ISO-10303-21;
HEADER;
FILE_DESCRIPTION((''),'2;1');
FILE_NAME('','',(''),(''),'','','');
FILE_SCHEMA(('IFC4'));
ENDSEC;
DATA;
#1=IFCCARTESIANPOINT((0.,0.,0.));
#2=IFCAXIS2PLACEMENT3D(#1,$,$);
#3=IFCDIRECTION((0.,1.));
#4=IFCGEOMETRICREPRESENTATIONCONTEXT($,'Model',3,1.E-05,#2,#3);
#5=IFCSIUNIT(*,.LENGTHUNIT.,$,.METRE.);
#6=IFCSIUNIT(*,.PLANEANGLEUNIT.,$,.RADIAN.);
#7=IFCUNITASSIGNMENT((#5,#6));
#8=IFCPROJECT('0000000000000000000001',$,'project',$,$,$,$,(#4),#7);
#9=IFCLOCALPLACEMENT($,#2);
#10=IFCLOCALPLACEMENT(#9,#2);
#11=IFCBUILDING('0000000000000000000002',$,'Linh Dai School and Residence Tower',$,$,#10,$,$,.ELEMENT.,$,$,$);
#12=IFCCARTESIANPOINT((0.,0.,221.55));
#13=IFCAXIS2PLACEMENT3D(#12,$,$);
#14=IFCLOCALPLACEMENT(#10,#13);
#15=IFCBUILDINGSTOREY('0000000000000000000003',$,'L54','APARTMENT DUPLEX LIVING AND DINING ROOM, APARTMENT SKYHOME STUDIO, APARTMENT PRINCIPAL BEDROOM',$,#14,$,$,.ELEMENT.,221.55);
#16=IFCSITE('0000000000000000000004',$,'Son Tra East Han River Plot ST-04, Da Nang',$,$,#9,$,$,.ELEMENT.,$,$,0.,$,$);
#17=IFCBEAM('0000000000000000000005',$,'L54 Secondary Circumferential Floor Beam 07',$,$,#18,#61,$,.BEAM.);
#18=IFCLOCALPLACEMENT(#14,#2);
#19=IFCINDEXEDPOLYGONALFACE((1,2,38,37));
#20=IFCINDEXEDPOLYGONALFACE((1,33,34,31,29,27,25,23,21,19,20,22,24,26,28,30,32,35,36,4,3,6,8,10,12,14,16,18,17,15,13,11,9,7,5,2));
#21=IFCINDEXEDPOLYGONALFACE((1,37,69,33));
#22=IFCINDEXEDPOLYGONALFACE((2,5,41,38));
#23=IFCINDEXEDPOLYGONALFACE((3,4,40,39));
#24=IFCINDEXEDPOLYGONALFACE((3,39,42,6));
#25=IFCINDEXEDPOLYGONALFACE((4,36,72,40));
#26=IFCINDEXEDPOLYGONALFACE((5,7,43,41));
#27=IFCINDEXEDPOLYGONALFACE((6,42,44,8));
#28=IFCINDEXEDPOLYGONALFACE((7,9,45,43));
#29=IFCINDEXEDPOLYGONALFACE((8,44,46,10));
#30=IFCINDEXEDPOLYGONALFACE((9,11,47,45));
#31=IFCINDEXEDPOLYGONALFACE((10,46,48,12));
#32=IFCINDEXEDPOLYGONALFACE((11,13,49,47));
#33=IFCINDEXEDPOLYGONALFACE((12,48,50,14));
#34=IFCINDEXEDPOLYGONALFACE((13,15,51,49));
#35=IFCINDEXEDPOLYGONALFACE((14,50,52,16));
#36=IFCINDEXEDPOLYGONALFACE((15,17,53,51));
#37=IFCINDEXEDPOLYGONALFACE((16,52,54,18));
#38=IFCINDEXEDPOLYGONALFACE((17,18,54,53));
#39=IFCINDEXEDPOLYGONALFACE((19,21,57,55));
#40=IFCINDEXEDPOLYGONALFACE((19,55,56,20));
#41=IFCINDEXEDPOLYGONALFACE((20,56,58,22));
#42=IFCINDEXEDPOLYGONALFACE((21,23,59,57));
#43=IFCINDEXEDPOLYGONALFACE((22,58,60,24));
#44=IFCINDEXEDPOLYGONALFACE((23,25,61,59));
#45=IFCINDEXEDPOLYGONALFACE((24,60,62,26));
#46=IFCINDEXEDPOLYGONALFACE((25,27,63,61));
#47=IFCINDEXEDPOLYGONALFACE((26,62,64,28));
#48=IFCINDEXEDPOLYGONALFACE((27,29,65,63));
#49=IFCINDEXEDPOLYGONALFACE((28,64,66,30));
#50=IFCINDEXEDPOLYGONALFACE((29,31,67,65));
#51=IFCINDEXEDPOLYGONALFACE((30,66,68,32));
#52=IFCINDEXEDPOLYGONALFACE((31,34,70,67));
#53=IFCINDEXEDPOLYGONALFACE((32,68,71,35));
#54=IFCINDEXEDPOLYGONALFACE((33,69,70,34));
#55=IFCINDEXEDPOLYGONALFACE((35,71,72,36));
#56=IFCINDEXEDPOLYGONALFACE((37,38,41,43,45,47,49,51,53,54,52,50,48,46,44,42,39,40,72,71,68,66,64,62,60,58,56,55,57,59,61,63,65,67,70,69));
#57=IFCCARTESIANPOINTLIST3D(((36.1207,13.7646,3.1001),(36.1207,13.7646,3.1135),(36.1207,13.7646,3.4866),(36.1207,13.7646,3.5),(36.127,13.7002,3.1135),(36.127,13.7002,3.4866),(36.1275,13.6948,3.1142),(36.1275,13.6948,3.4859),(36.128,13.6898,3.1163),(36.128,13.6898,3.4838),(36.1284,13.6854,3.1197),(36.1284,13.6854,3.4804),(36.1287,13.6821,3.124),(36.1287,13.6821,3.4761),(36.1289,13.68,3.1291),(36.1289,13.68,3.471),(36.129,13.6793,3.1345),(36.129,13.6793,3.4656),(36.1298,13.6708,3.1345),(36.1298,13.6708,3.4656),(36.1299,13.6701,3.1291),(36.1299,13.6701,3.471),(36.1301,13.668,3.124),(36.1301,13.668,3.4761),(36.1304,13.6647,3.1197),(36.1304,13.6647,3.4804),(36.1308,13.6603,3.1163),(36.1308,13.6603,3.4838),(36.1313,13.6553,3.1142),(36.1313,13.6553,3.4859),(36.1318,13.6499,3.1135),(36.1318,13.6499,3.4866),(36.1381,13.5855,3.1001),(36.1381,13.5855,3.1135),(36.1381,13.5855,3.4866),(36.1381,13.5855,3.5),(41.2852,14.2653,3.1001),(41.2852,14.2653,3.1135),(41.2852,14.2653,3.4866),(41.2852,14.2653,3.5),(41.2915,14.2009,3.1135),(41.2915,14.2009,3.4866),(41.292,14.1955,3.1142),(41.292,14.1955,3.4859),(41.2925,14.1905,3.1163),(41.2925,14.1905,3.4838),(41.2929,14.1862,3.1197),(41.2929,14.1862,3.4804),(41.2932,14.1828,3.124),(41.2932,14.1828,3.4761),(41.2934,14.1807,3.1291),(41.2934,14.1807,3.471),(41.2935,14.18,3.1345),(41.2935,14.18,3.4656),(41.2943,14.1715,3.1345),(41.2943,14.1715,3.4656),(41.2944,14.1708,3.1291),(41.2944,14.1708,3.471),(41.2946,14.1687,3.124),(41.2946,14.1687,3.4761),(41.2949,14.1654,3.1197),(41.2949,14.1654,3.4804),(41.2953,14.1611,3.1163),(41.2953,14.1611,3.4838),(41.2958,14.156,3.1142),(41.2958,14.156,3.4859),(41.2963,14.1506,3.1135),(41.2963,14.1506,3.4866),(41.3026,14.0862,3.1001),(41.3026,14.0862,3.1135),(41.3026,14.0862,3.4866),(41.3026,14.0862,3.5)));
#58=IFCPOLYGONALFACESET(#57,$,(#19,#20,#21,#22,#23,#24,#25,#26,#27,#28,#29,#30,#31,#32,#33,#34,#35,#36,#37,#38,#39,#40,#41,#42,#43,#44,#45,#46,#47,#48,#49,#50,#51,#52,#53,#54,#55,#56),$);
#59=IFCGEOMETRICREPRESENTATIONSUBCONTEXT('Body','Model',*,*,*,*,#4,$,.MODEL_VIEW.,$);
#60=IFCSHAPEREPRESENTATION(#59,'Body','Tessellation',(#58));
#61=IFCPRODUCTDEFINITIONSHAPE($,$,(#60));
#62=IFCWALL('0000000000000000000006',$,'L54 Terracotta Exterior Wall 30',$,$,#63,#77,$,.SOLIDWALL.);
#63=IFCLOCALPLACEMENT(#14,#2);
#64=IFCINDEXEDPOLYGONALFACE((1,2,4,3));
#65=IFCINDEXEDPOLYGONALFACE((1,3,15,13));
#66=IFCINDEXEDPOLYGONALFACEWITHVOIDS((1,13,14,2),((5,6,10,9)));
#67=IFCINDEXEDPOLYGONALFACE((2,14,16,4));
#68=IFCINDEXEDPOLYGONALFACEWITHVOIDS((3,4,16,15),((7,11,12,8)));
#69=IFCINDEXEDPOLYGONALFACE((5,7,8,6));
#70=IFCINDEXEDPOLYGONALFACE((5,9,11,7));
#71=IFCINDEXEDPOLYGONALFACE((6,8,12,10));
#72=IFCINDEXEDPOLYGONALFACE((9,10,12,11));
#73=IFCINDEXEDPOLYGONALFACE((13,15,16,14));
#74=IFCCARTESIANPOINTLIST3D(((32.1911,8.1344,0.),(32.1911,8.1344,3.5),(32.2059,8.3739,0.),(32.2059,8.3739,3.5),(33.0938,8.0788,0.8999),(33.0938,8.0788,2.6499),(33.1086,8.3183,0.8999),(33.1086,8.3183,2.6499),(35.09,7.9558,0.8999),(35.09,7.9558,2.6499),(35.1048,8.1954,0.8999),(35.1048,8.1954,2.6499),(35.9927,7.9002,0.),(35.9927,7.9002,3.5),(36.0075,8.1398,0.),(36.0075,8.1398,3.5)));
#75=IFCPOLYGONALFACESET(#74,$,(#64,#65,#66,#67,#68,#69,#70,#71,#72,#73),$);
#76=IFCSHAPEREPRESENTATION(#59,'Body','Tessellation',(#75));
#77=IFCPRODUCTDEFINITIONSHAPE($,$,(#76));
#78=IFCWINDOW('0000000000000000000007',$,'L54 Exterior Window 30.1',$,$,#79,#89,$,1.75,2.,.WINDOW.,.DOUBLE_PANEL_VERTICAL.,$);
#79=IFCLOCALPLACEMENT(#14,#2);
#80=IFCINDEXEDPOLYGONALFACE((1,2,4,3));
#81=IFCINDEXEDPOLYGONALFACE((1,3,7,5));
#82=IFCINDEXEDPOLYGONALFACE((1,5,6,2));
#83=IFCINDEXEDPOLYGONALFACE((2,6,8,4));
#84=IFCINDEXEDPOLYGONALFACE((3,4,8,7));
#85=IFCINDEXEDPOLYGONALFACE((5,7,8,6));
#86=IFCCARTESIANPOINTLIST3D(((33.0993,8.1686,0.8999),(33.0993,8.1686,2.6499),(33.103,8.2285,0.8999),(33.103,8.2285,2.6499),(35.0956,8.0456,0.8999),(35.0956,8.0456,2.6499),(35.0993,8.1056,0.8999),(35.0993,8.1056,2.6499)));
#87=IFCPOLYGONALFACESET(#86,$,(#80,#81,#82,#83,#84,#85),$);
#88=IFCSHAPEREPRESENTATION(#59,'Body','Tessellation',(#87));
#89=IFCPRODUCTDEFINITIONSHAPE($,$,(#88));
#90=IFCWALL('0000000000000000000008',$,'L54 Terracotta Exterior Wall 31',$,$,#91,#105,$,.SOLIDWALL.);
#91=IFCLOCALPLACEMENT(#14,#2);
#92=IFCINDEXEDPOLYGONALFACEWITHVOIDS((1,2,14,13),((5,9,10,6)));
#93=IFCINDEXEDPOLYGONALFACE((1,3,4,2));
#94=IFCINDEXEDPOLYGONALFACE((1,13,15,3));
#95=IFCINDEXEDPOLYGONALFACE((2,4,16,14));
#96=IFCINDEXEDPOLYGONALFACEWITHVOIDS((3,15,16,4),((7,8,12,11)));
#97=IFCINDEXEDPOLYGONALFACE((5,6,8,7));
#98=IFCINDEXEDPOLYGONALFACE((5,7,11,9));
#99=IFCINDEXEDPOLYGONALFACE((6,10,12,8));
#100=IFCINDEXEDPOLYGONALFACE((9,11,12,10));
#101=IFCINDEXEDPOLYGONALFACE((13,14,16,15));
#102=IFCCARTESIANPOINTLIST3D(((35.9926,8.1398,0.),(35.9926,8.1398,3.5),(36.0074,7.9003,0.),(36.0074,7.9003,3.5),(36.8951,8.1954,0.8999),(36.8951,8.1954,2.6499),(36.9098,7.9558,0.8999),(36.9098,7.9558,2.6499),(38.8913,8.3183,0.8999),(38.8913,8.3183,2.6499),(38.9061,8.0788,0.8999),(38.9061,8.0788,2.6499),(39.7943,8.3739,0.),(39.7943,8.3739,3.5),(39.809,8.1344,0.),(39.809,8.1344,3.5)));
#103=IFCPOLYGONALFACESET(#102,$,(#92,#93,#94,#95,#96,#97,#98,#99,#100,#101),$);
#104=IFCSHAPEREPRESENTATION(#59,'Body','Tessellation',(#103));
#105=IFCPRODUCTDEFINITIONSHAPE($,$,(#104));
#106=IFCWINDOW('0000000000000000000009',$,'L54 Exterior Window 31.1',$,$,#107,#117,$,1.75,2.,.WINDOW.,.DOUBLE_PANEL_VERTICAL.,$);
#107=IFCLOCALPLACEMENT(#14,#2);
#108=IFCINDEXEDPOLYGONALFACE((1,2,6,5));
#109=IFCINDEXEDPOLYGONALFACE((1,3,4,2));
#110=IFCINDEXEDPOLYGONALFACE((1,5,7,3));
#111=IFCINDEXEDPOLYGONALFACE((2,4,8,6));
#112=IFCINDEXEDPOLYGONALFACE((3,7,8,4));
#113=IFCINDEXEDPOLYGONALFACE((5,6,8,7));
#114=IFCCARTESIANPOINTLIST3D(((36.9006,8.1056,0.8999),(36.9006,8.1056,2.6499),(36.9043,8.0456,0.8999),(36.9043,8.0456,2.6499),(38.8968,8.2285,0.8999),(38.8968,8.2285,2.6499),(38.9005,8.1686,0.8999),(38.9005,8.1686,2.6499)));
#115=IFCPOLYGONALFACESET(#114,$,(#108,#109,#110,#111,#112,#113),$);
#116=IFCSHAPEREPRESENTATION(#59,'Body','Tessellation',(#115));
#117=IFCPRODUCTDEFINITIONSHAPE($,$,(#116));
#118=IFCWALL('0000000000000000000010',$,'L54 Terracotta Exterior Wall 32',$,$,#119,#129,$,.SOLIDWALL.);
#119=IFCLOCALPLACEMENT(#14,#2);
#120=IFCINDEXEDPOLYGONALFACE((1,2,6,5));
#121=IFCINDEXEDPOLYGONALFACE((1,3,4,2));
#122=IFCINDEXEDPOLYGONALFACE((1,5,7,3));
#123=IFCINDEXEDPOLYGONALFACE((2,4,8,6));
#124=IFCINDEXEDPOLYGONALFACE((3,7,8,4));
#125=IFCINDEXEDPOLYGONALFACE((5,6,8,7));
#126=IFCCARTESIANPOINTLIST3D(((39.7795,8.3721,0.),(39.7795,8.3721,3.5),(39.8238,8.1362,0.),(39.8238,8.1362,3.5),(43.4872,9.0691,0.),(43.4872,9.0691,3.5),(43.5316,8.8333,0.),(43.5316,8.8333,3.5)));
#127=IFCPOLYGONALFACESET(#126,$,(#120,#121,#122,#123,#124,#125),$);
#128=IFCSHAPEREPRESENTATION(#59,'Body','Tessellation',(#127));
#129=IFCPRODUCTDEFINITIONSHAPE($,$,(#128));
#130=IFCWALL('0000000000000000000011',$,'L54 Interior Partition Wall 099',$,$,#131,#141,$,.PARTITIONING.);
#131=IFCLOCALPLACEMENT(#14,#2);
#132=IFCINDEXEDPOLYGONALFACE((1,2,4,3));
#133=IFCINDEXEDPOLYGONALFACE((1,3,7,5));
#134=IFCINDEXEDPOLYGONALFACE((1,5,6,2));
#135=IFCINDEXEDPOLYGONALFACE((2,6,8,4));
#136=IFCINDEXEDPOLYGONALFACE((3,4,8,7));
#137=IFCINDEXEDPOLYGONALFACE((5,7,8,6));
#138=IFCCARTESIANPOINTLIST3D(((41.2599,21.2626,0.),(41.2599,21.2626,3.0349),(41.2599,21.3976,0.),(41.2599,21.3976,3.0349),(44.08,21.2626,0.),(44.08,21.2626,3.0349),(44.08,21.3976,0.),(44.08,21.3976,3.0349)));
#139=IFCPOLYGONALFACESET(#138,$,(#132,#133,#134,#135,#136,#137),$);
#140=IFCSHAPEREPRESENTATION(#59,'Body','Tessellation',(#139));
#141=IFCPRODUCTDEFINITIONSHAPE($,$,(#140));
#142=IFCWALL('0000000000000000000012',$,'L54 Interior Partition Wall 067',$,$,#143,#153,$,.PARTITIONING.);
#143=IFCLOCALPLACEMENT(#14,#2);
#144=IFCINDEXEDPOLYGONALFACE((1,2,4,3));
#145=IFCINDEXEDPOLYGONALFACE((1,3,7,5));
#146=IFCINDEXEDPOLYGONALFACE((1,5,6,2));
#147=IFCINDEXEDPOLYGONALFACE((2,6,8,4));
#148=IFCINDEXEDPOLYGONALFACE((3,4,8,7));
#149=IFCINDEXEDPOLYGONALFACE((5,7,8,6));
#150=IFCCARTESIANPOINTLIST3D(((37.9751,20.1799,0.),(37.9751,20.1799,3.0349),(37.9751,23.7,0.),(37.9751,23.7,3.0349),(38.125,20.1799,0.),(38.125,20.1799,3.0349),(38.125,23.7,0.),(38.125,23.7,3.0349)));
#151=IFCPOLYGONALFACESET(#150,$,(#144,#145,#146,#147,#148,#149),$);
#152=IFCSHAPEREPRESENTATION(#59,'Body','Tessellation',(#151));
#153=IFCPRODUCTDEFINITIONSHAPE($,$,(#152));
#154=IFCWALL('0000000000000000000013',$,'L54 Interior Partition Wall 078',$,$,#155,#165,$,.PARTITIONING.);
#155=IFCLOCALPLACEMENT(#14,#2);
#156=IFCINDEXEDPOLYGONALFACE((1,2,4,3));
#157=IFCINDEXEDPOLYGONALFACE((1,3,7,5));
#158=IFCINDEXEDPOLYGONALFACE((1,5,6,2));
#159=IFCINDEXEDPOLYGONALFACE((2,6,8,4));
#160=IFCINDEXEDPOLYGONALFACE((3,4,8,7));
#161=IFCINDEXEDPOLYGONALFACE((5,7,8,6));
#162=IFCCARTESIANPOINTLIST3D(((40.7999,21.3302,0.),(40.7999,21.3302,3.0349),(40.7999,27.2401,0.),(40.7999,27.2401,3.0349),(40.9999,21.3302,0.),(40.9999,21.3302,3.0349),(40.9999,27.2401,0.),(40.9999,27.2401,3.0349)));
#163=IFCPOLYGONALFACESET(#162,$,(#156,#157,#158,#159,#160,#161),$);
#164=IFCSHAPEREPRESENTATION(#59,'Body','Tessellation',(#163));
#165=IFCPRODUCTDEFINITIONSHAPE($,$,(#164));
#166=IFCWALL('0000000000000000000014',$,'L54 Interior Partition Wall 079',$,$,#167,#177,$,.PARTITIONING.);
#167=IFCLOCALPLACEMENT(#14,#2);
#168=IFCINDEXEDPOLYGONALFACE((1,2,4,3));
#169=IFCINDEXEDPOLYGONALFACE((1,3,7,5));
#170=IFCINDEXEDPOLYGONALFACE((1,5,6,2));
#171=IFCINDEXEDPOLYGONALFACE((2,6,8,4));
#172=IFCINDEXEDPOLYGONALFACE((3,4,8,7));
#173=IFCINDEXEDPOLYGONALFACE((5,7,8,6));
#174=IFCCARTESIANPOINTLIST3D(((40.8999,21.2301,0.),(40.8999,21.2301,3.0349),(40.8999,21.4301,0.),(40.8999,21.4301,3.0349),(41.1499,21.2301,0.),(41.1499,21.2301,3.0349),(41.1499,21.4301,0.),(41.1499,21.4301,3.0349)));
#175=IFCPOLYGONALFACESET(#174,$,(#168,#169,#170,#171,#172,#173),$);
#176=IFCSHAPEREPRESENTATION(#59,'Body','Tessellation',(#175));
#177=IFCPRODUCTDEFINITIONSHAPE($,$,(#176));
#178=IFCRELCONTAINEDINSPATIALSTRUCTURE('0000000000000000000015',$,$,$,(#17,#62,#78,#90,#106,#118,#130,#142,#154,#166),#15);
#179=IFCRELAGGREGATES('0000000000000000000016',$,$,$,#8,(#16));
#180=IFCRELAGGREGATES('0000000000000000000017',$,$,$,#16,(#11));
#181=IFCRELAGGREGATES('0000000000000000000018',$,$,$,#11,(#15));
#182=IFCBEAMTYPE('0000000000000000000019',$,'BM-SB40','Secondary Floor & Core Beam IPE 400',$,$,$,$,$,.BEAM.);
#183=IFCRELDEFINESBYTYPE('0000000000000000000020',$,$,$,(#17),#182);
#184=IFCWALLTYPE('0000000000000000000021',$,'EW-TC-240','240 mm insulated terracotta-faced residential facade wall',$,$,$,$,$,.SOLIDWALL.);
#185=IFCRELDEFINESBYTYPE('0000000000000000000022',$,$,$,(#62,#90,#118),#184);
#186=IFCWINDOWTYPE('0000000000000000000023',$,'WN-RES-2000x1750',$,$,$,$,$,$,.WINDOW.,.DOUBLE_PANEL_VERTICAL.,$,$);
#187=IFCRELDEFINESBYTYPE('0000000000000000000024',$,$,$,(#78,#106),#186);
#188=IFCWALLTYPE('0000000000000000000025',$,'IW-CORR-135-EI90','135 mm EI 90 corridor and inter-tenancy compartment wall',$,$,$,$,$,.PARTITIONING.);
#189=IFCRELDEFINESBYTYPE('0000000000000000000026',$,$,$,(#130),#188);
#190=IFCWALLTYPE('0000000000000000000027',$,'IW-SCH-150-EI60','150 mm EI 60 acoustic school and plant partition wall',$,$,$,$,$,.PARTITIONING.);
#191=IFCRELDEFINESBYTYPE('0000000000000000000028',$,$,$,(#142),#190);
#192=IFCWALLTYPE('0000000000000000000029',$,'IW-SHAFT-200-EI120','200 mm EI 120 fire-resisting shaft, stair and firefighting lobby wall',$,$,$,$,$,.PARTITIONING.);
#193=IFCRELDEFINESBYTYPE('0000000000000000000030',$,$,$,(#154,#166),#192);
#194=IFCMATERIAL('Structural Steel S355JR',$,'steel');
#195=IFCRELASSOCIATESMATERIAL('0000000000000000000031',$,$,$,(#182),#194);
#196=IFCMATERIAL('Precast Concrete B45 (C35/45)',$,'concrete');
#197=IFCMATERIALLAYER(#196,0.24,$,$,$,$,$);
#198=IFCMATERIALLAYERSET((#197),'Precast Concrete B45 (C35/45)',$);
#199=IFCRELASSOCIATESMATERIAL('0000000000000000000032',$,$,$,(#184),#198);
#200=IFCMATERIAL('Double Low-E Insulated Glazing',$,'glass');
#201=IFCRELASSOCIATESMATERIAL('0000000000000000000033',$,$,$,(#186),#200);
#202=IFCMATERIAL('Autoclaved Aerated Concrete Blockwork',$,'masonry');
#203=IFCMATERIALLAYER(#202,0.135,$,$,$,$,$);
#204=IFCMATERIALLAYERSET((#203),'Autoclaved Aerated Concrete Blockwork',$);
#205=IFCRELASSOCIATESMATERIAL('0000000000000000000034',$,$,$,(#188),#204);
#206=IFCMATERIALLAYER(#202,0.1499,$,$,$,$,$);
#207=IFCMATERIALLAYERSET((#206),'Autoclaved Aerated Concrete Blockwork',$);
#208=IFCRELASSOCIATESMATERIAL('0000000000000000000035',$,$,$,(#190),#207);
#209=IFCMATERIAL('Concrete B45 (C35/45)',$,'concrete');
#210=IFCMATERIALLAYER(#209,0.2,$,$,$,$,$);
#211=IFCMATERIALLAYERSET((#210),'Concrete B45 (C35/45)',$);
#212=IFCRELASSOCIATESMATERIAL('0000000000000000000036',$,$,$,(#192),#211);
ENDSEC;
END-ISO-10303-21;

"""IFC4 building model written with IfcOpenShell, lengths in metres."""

from ifc_helpers import new_model, si_unit, direction, frame, frame_2d, origin, origin_2d, place, context, subcontext, project, spatial, rectangle, i_section, extrude, source, transform, mapped, material, layer, layer_set, material_profile, profile_set, type_object, element, fill, save


model = new_model("IFC4")

# Units and contexts
model_context = context("Model", 3, precision=1e-05, world=origin(), true_north=direction((0.0, 1.0)))
body_context = subcontext(model_context, "Body", "Model", "MODEL_VIEW")
ifc_project = project(units=[si_unit("LENGTHUNIT", "METRE"), si_unit("PLANEANGLEUNIT", "RADIAN")], contexts=[model_context])

# Site, building, storey
site_placement = place(None, origin())
site = spatial("IfcSite", under=ifc_project, at=site_placement, Name="Son Tra East Han River Plot ST-04, Da Nang", CompositionType="ELEMENT", RefElevation=0.0)
building_placement = place(site_placement, origin())
building = spatial("IfcBuilding", under=site, at=building_placement, Name="Linh Dai School and Residence Tower", CompositionType="ELEMENT")
storey_placement = place(building_placement, frame((0.0, 0.0, 221.55)))
storey = spatial("IfcBuildingStorey", under=building, at=storey_placement, Name="L54", Description="APARTMENT DUPLEX LIVING AND DINING ROOM, APARTMENT SKYHOME STUDIO, APARTMENT PRINCIPAL BEDROOM", CompositionType="ELEMENT", Elevation=221.55)

# Shared definitions
ifc_material_1 = material(Name="Structural Steel S355JR", Category="steel")

# Beam
ifc_material_profile_1 = material_profile(ifc_material_1, i_section(OverallWidth=0.1799, OverallDepth=0.3999, WebThickness=0.0085, FlangeThickness=0.0134, FilletRadius=0.021, at=origin_2d()), Name="IPE 400")
ifc_profile_set_1 = profile_set([ifc_material_profile_1], Name="Structural Steel S355JR")
beam_type_1 = type_object("IfcBeamType", Name="BM-SB40", Description="Secondary Floor & Core Beam IPE 400", PredefinedType="BEAM", material=ifc_profile_set_1)
beam_1_placement = place(storey_placement, frame((36.1294, 13.675, 3.3), z_axis=(0.995333, 0.096503, 0.0), x_axis=(-0.096503, 0.995333, 0.0)))
element("IfcBeam", 1, at=beam_1_placement, inside=storey, type_object=beam_type_1, Name="L54 Secondary Circumferential Floor Beam 07", PredefinedType="BEAM", context=body_context, shape_type="SweptSolid", body=[
    extrude(i_section(OverallWidth=0.1799, OverallDepth=0.3999, WebThickness=0.0085, FlangeThickness=0.0134, FilletRadius=0.021, at=origin_2d()), origin(), (0.0, 0.0, 1.0), 5.1887),
])

# Walls, openings, windows
ifc_material_2 = material(Name="Precast Concrete B45 (C35/45)", Category="concrete")
ifc_layer_1 = layer(ifc_material_2, 0.24)
ifc_layer_set_1 = layer_set([ifc_layer_1], Name="Precast Concrete B45 (C35/45)")
wall_type_1 = type_object("IfcWallType", Name="EW-TC-240", Description="240 mm insulated terracotta-faced residential facade wall", PredefinedType="SOLIDWALL", material=ifc_layer_set_1)
wall_1_placement = place(storey_placement, frame((36.0, 8.02, 0.0), z_axis=(0.0, 0.0, 1.0), x_axis=(-0.998109, 0.061472, 0.0)))
wall_1 = element("IfcWall", 2, at=wall_1_placement, inside=storey, type_object=wall_type_1, Name="L54 Terracotta Exterior Wall 30", PredefinedType="SOLIDWALL", context=body_context, shape_type="SweptSolid", body=[
    extrude(rectangle(XDim=3.8088, YDim=0.24, at=frame_2d((1.9043, 0.0))), origin(), (0.0, 0.0, 1.0), 3.5),
])
opening_1_placement = place(wall_1_placement, frame((0.9043, 0.0, 0.8999)))
opening_1 = element("IfcOpeningElement", 3, at=opening_1_placement, cuts=wall_1, PredefinedType="OPENING", context=body_context, shape_type="SweptSolid", body=[
    extrude(rectangle(XDim=2.0, YDim=1.75, at=origin_2d()), frame((1.0, 0.1299, 0.875), z_axis=(0.0, -1.0, 0.0), x_axis=(1.0, 0.0, 0.0)), (0.0, 0.0, 1.0), 0.26),
])
ifc_material_3 = material(Name="Double Low-E Insulated Glazing", Category="glass")
window_type = type_object("IfcWindowType", Name="WN-RES-2000x1750", PartitioningType="DOUBLE_PANEL_VERTICAL", PredefinedType="WINDOW", material=ifc_material_3)
shared_shape_1 = source(origin(), body_context, "Body", "SweptSolid", [
    extrude(rectangle(XDim=2.0, YDim=1.75, at=origin_2d()), frame((1.0, 0.03, 0.875), z_axis=(0.0, -1.0, 0.0), x_axis=(1.0, 0.0, 0.0)), (0.0, 0.0, 1.0), 0.0601),
])
window_1_placement = place(opening_1_placement, origin())
window_1 = element("IfcWindow", 4, at=window_1_placement, inside=storey, type_object=window_type, Name="L54 Exterior Window 30.1", OverallHeight=1.75, OverallWidth=2.0, PartitioningType="DOUBLE_PANEL_VERTICAL", PredefinedType="WINDOW", context=body_context, shape_type="MappedRepresentation", body=[
    mapped(shared_shape_1, transform((0.0, 0.0, 0.0), x_axis=(1.0, 0.0, 0.0), y_axis=(0.0, 1.0, 0.0), z_axis=(0.0, 0.0, 1.0), scale=1.0)),
])
fill(opening_1, window_1)
wall_2_placement = place(storey_placement, frame((39.8015, 8.2542, 0.0), z_axis=(0.0, 0.0, 1.0), x_axis=(-0.998109, -0.061472, 0.0)))
wall_2 = element("IfcWall", 5, at=wall_2_placement, inside=storey, type_object=wall_type_1, Name="L54 Terracotta Exterior Wall 31", PredefinedType="SOLIDWALL", context=body_context, shape_type="SweptSolid", body=[
    extrude(rectangle(XDim=3.8088, YDim=0.24, at=frame_2d((1.9043, 0.0))), origin(), (0.0, 0.0, 1.0), 3.5),
])
opening_2_placement = place(wall_2_placement, frame((0.9045, 0.0, 0.8999)))
opening_2 = element("IfcOpeningElement", 6, at=opening_2_placement, cuts=wall_2, PredefinedType="OPENING", context=body_context, shape_type="SweptSolid", body=[
    extrude(rectangle(XDim=2.0, YDim=1.75, at=origin_2d()), frame((1.0, 0.1299, 0.875), z_axis=(0.0, -1.0, 0.0), x_axis=(1.0, 0.0, 0.0)), (0.0, 0.0, 1.0), 0.26),
])
window_2_placement = place(opening_2_placement, origin())
window_2 = element("IfcWindow", 7, at=window_2_placement, inside=storey, type_object=window_type, Name="L54 Exterior Window 31.1", OverallHeight=1.75, OverallWidth=2.0, PartitioningType="DOUBLE_PANEL_VERTICAL", PredefinedType="WINDOW", context=body_context, shape_type="MappedRepresentation", body=[
    mapped(shared_shape_1, transform((0.0, 0.0, 0.0), x_axis=(1.0, 0.0, 0.0), y_axis=(0.0, 1.0, 0.0), z_axis=(0.0, 0.0, 1.0), scale=1.0)),
])
fill(opening_2, window_2)

# Walls
wall_3_placement = place(storey_placement, frame((43.5093, 8.9512, 0.0), z_axis=(0.0, 0.0, 1.0), x_axis=(-0.982785, -0.184753, 0.0)))
element("IfcWall", 8, at=wall_3_placement, inside=storey, type_object=wall_type_1, Name="L54 Terracotta Exterior Wall 32", PredefinedType="SOLIDWALL", context=body_context, shape_type="SweptSolid", body=[
    extrude(rectangle(XDim=3.7727, YDim=0.24, at=frame_2d((1.8862, 0.0))), origin(), (0.0, 0.0, 1.0), 3.5),
])
ifc_material_4 = material(Name="Autoclaved Aerated Concrete Blockwork", Category="masonry")
ifc_layer_2 = layer(ifc_material_4, 0.135)
ifc_layer_set_2 = layer_set([ifc_layer_2], Name="Autoclaved Aerated Concrete Blockwork")
wall_type_2 = type_object("IfcWallType", Name="IW-CORR-135-EI90", Description="135 mm EI 90 corridor and inter-tenancy compartment wall", PredefinedType="PARTITIONING", material=ifc_layer_set_2)
wall_4_placement = place(storey_placement, frame((44.0801, 21.3301, 0.0), z_axis=(0.0, 0.0, 1.0), x_axis=(-1.0, 0.0, 0.0)))
element("IfcWall", 9, at=wall_4_placement, inside=storey, type_object=wall_type_2, Name="L54 Interior Partition Wall 099", PredefinedType="PARTITIONING", context=body_context, shape_type="SweptSolid", body=[
    extrude(rectangle(XDim=2.8201, YDim=0.135, at=frame_2d((1.4102, 0.0))), origin(), (0.0, 0.0, 1.0), 3.0349),
])
ifc_layer_3 = layer(ifc_material_4, 0.1499)
ifc_layer_set_3 = layer_set([ifc_layer_3], Name="Autoclaved Aerated Concrete Blockwork")
wall_type_3 = type_object("IfcWallType", Name="IW-SCH-150-EI60", Description="150 mm EI 60 acoustic school and plant partition wall", PredefinedType="PARTITIONING", material=ifc_layer_set_3)
wall_5_placement = place(storey_placement, frame((38.05, 20.1799, 0.0), z_axis=(0.0, 0.0, 1.0), x_axis=(0.0, 1.0, 0.0)))
element("IfcWall", 10, at=wall_5_placement, inside=storey, type_object=wall_type_3, Name="L54 Interior Partition Wall 067", PredefinedType="PARTITIONING", context=body_context, shape_type="SweptSolid", body=[
    extrude(rectangle(XDim=3.52, YDim=0.1499, at=frame_2d((1.76, 0.0))), origin(), (0.0, 0.0, 1.0), 3.0349),
])
ifc_material_5 = material(Name="Concrete B45 (C35/45)", Category="concrete")
ifc_layer_4 = layer(ifc_material_5, 0.2)
ifc_layer_set_4 = layer_set([ifc_layer_4], Name="Concrete B45 (C35/45)")
wall_type_4 = type_object("IfcWallType", Name="IW-SHAFT-200-EI120", Description="200 mm EI 120 fire-resisting shaft, stair and firefighting lobby wall", PredefinedType="PARTITIONING", material=ifc_layer_set_4)
wall_6_placement = place(storey_placement, frame((40.8999, 21.3301, 0.0), z_axis=(0.0, 0.0, 1.0), x_axis=(0.0, 1.0, 0.0)))
element("IfcWall", 11, at=wall_6_placement, inside=storey, type_object=wall_type_4, Name="L54 Interior Partition Wall 078", PredefinedType="PARTITIONING", context=body_context, shape_type="SweptSolid", body=[
    extrude(rectangle(XDim=5.9099, YDim=0.2, at=frame_2d((2.9551, 0.0))), origin(), (0.0, 0.0, 1.0), 3.0349),
])
wall_7_placement = place(storey_placement, frame((40.8999, 21.3301, 0.0), z_axis=(0.0, 0.0, 1.0), x_axis=(1.0, 0.0, 0.0)))
element("IfcWall", 12, at=wall_7_placement, inside=storey, type_object=wall_type_4, Name="L54 Interior Partition Wall 079", PredefinedType="PARTITIONING", context=body_context, shape_type="SweptSolid", body=[
    extrude(rectangle(XDim=0.25, YDim=0.2, at=frame_2d((0.125, 0.0))), origin(), (0.0, 0.0, 1.0), 3.0349),
])

save(model, "model.ifc")
